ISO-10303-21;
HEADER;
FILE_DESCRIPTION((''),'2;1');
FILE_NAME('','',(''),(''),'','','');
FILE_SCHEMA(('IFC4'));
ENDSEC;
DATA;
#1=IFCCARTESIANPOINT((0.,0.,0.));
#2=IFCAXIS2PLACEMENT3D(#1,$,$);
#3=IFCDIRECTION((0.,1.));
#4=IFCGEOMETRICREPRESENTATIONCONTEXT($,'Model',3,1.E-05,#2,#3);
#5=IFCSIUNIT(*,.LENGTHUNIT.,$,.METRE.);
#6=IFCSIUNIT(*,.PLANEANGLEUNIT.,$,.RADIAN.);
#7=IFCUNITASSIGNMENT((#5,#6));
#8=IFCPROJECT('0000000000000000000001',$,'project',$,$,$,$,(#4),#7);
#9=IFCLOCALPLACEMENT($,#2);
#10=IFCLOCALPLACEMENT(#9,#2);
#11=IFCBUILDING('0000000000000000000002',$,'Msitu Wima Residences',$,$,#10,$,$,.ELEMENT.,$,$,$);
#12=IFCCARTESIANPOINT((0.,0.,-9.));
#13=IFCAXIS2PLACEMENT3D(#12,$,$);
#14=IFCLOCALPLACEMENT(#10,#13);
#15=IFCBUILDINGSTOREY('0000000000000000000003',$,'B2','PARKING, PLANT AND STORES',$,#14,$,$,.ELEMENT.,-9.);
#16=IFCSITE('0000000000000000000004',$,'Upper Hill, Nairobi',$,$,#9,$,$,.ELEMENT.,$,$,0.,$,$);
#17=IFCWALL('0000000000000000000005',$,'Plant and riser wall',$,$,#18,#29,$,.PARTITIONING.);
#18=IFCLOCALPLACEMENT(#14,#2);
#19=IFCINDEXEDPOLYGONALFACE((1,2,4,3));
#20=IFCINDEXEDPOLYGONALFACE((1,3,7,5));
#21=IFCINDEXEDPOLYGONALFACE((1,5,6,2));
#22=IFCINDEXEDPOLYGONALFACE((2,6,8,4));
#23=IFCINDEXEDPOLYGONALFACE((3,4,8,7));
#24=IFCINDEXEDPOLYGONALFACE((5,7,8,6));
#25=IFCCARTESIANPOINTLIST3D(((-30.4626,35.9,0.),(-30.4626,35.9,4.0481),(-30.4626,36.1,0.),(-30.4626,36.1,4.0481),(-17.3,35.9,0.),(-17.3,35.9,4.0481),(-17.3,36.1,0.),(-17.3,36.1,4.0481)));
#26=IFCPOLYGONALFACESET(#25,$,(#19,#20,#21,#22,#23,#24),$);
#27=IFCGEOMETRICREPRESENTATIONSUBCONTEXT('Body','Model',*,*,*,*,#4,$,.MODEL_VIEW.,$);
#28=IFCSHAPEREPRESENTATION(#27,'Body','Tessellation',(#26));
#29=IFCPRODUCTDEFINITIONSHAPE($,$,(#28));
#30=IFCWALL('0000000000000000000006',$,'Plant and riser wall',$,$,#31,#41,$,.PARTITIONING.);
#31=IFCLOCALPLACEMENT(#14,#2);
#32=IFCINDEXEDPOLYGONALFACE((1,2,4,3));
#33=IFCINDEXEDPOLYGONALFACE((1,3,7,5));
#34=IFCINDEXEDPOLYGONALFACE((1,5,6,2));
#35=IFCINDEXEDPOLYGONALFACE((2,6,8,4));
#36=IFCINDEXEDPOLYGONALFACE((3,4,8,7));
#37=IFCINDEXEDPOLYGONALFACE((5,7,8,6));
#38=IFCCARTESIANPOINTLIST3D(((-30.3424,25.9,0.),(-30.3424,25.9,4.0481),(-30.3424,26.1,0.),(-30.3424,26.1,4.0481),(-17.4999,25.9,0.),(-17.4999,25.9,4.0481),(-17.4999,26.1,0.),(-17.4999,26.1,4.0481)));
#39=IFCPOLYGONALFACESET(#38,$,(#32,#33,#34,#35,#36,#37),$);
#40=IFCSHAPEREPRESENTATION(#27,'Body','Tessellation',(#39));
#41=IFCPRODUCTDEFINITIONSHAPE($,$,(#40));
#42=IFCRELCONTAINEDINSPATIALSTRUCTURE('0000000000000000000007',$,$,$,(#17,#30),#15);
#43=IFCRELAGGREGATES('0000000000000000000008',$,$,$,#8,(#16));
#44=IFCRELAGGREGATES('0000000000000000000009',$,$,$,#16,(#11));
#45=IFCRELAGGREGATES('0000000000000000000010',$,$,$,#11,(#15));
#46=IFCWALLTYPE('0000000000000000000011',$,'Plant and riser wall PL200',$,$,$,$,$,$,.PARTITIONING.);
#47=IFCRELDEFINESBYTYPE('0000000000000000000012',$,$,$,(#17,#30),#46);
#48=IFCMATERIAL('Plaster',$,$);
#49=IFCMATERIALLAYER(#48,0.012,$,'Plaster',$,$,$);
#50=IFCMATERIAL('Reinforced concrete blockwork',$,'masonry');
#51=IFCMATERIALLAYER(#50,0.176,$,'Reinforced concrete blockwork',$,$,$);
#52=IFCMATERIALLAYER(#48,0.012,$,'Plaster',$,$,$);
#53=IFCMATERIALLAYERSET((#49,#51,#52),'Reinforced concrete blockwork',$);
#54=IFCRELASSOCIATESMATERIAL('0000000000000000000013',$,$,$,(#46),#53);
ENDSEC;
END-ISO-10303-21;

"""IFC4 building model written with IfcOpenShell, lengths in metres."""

from ifc_helpers import new_model, si_unit, direction, frame, frame_2d, origin, place, context, subcontext, project, spatial, rectangle, extrude, material, layer, layer_set, type_object, element, save


model = new_model("IFC4")

# Units and contexts
model_context = context("Model", 3, precision=1e-05, world=origin(), true_north=direction((0.0, 1.0)))
body_context = subcontext(model_context, "Body", "Model", "MODEL_VIEW")
ifc_project = project(units=[si_unit("LENGTHUNIT", "METRE"), si_unit("PLANEANGLEUNIT", "RADIAN")], contexts=[model_context])

# Site, building, storey
site_placement = place(None, origin())
site = spatial("IfcSite", under=ifc_project, at=site_placement, Name="Upper Hill, Nairobi", CompositionType="ELEMENT", RefElevation=0.0)
building_placement = place(site_placement, origin())
building = spatial("IfcBuilding", under=site, at=building_placement, Name="Msitu Wima Residences", CompositionType="ELEMENT")
storey_placement = place(building_placement, frame((0.0, 0.0, -9.0)))
storey = spatial("IfcBuildingStorey", under=building, at=storey_placement, Name="B2", Description="PARKING, PLANT AND STORES", CompositionType="ELEMENT", Elevation=-9.0)

# Walls
ifc_material_1 = material(Name="Plaster")
ifc_layer_1 = layer(ifc_material_1, 0.012, Name="Plaster")
ifc_material_2 = material(Name="Reinforced concrete blockwork", Category="masonry")
ifc_layer_2 = layer(ifc_material_2, 0.176, Name="Reinforced concrete blockwork")
ifc_layer_3 = layer(ifc_material_1, 0.012, Name="Plaster")
ifc_layer_set = layer_set([ifc_layer_1, ifc_layer_2, ifc_layer_3], Name="Reinforced concrete blockwork")
wall_type = type_object("IfcWallType", Name="Plant and riser wall PL200", PredefinedType="PARTITIONING", material=ifc_layer_set)
wall_1_placement = place(storey_placement, frame((-30.4626, 36.0, 0.0), z_axis=(0.0, 0.0, 1.0), x_axis=(1.0, 0.0, 0.0)))
element("IfcWall", 1, at=wall_1_placement, inside=storey, type_object=wall_type, Name="Plant and riser wall", PredefinedType="PARTITIONING", context=body_context, shape_type="SweptSolid", body=[
    extrude(rectangle(XDim=13.1626, YDim=0.2, at=frame_2d((6.5813, 0.0))), origin(), (0.0, 0.0, 1.0), 4.0481),
])
wall_2_placement = place(storey_placement, frame((-30.3425, 26.0, 0.0), z_axis=(0.0, 0.0, 1.0), x_axis=(1.0, 0.0, 0.0)))
element("IfcWall", 2, at=wall_2_placement, inside=storey, type_object=wall_type, Name="Plant and riser wall", PredefinedType="PARTITIONING", context=body_context, shape_type="SweptSolid", body=[
    extrude(rectangle(XDim=12.8425, YDim=0.2, at=frame_2d((6.4214, 0.0))), origin(), (0.0, 0.0, 1.0), 4.0481),
])

save(model, "model.ifc")
